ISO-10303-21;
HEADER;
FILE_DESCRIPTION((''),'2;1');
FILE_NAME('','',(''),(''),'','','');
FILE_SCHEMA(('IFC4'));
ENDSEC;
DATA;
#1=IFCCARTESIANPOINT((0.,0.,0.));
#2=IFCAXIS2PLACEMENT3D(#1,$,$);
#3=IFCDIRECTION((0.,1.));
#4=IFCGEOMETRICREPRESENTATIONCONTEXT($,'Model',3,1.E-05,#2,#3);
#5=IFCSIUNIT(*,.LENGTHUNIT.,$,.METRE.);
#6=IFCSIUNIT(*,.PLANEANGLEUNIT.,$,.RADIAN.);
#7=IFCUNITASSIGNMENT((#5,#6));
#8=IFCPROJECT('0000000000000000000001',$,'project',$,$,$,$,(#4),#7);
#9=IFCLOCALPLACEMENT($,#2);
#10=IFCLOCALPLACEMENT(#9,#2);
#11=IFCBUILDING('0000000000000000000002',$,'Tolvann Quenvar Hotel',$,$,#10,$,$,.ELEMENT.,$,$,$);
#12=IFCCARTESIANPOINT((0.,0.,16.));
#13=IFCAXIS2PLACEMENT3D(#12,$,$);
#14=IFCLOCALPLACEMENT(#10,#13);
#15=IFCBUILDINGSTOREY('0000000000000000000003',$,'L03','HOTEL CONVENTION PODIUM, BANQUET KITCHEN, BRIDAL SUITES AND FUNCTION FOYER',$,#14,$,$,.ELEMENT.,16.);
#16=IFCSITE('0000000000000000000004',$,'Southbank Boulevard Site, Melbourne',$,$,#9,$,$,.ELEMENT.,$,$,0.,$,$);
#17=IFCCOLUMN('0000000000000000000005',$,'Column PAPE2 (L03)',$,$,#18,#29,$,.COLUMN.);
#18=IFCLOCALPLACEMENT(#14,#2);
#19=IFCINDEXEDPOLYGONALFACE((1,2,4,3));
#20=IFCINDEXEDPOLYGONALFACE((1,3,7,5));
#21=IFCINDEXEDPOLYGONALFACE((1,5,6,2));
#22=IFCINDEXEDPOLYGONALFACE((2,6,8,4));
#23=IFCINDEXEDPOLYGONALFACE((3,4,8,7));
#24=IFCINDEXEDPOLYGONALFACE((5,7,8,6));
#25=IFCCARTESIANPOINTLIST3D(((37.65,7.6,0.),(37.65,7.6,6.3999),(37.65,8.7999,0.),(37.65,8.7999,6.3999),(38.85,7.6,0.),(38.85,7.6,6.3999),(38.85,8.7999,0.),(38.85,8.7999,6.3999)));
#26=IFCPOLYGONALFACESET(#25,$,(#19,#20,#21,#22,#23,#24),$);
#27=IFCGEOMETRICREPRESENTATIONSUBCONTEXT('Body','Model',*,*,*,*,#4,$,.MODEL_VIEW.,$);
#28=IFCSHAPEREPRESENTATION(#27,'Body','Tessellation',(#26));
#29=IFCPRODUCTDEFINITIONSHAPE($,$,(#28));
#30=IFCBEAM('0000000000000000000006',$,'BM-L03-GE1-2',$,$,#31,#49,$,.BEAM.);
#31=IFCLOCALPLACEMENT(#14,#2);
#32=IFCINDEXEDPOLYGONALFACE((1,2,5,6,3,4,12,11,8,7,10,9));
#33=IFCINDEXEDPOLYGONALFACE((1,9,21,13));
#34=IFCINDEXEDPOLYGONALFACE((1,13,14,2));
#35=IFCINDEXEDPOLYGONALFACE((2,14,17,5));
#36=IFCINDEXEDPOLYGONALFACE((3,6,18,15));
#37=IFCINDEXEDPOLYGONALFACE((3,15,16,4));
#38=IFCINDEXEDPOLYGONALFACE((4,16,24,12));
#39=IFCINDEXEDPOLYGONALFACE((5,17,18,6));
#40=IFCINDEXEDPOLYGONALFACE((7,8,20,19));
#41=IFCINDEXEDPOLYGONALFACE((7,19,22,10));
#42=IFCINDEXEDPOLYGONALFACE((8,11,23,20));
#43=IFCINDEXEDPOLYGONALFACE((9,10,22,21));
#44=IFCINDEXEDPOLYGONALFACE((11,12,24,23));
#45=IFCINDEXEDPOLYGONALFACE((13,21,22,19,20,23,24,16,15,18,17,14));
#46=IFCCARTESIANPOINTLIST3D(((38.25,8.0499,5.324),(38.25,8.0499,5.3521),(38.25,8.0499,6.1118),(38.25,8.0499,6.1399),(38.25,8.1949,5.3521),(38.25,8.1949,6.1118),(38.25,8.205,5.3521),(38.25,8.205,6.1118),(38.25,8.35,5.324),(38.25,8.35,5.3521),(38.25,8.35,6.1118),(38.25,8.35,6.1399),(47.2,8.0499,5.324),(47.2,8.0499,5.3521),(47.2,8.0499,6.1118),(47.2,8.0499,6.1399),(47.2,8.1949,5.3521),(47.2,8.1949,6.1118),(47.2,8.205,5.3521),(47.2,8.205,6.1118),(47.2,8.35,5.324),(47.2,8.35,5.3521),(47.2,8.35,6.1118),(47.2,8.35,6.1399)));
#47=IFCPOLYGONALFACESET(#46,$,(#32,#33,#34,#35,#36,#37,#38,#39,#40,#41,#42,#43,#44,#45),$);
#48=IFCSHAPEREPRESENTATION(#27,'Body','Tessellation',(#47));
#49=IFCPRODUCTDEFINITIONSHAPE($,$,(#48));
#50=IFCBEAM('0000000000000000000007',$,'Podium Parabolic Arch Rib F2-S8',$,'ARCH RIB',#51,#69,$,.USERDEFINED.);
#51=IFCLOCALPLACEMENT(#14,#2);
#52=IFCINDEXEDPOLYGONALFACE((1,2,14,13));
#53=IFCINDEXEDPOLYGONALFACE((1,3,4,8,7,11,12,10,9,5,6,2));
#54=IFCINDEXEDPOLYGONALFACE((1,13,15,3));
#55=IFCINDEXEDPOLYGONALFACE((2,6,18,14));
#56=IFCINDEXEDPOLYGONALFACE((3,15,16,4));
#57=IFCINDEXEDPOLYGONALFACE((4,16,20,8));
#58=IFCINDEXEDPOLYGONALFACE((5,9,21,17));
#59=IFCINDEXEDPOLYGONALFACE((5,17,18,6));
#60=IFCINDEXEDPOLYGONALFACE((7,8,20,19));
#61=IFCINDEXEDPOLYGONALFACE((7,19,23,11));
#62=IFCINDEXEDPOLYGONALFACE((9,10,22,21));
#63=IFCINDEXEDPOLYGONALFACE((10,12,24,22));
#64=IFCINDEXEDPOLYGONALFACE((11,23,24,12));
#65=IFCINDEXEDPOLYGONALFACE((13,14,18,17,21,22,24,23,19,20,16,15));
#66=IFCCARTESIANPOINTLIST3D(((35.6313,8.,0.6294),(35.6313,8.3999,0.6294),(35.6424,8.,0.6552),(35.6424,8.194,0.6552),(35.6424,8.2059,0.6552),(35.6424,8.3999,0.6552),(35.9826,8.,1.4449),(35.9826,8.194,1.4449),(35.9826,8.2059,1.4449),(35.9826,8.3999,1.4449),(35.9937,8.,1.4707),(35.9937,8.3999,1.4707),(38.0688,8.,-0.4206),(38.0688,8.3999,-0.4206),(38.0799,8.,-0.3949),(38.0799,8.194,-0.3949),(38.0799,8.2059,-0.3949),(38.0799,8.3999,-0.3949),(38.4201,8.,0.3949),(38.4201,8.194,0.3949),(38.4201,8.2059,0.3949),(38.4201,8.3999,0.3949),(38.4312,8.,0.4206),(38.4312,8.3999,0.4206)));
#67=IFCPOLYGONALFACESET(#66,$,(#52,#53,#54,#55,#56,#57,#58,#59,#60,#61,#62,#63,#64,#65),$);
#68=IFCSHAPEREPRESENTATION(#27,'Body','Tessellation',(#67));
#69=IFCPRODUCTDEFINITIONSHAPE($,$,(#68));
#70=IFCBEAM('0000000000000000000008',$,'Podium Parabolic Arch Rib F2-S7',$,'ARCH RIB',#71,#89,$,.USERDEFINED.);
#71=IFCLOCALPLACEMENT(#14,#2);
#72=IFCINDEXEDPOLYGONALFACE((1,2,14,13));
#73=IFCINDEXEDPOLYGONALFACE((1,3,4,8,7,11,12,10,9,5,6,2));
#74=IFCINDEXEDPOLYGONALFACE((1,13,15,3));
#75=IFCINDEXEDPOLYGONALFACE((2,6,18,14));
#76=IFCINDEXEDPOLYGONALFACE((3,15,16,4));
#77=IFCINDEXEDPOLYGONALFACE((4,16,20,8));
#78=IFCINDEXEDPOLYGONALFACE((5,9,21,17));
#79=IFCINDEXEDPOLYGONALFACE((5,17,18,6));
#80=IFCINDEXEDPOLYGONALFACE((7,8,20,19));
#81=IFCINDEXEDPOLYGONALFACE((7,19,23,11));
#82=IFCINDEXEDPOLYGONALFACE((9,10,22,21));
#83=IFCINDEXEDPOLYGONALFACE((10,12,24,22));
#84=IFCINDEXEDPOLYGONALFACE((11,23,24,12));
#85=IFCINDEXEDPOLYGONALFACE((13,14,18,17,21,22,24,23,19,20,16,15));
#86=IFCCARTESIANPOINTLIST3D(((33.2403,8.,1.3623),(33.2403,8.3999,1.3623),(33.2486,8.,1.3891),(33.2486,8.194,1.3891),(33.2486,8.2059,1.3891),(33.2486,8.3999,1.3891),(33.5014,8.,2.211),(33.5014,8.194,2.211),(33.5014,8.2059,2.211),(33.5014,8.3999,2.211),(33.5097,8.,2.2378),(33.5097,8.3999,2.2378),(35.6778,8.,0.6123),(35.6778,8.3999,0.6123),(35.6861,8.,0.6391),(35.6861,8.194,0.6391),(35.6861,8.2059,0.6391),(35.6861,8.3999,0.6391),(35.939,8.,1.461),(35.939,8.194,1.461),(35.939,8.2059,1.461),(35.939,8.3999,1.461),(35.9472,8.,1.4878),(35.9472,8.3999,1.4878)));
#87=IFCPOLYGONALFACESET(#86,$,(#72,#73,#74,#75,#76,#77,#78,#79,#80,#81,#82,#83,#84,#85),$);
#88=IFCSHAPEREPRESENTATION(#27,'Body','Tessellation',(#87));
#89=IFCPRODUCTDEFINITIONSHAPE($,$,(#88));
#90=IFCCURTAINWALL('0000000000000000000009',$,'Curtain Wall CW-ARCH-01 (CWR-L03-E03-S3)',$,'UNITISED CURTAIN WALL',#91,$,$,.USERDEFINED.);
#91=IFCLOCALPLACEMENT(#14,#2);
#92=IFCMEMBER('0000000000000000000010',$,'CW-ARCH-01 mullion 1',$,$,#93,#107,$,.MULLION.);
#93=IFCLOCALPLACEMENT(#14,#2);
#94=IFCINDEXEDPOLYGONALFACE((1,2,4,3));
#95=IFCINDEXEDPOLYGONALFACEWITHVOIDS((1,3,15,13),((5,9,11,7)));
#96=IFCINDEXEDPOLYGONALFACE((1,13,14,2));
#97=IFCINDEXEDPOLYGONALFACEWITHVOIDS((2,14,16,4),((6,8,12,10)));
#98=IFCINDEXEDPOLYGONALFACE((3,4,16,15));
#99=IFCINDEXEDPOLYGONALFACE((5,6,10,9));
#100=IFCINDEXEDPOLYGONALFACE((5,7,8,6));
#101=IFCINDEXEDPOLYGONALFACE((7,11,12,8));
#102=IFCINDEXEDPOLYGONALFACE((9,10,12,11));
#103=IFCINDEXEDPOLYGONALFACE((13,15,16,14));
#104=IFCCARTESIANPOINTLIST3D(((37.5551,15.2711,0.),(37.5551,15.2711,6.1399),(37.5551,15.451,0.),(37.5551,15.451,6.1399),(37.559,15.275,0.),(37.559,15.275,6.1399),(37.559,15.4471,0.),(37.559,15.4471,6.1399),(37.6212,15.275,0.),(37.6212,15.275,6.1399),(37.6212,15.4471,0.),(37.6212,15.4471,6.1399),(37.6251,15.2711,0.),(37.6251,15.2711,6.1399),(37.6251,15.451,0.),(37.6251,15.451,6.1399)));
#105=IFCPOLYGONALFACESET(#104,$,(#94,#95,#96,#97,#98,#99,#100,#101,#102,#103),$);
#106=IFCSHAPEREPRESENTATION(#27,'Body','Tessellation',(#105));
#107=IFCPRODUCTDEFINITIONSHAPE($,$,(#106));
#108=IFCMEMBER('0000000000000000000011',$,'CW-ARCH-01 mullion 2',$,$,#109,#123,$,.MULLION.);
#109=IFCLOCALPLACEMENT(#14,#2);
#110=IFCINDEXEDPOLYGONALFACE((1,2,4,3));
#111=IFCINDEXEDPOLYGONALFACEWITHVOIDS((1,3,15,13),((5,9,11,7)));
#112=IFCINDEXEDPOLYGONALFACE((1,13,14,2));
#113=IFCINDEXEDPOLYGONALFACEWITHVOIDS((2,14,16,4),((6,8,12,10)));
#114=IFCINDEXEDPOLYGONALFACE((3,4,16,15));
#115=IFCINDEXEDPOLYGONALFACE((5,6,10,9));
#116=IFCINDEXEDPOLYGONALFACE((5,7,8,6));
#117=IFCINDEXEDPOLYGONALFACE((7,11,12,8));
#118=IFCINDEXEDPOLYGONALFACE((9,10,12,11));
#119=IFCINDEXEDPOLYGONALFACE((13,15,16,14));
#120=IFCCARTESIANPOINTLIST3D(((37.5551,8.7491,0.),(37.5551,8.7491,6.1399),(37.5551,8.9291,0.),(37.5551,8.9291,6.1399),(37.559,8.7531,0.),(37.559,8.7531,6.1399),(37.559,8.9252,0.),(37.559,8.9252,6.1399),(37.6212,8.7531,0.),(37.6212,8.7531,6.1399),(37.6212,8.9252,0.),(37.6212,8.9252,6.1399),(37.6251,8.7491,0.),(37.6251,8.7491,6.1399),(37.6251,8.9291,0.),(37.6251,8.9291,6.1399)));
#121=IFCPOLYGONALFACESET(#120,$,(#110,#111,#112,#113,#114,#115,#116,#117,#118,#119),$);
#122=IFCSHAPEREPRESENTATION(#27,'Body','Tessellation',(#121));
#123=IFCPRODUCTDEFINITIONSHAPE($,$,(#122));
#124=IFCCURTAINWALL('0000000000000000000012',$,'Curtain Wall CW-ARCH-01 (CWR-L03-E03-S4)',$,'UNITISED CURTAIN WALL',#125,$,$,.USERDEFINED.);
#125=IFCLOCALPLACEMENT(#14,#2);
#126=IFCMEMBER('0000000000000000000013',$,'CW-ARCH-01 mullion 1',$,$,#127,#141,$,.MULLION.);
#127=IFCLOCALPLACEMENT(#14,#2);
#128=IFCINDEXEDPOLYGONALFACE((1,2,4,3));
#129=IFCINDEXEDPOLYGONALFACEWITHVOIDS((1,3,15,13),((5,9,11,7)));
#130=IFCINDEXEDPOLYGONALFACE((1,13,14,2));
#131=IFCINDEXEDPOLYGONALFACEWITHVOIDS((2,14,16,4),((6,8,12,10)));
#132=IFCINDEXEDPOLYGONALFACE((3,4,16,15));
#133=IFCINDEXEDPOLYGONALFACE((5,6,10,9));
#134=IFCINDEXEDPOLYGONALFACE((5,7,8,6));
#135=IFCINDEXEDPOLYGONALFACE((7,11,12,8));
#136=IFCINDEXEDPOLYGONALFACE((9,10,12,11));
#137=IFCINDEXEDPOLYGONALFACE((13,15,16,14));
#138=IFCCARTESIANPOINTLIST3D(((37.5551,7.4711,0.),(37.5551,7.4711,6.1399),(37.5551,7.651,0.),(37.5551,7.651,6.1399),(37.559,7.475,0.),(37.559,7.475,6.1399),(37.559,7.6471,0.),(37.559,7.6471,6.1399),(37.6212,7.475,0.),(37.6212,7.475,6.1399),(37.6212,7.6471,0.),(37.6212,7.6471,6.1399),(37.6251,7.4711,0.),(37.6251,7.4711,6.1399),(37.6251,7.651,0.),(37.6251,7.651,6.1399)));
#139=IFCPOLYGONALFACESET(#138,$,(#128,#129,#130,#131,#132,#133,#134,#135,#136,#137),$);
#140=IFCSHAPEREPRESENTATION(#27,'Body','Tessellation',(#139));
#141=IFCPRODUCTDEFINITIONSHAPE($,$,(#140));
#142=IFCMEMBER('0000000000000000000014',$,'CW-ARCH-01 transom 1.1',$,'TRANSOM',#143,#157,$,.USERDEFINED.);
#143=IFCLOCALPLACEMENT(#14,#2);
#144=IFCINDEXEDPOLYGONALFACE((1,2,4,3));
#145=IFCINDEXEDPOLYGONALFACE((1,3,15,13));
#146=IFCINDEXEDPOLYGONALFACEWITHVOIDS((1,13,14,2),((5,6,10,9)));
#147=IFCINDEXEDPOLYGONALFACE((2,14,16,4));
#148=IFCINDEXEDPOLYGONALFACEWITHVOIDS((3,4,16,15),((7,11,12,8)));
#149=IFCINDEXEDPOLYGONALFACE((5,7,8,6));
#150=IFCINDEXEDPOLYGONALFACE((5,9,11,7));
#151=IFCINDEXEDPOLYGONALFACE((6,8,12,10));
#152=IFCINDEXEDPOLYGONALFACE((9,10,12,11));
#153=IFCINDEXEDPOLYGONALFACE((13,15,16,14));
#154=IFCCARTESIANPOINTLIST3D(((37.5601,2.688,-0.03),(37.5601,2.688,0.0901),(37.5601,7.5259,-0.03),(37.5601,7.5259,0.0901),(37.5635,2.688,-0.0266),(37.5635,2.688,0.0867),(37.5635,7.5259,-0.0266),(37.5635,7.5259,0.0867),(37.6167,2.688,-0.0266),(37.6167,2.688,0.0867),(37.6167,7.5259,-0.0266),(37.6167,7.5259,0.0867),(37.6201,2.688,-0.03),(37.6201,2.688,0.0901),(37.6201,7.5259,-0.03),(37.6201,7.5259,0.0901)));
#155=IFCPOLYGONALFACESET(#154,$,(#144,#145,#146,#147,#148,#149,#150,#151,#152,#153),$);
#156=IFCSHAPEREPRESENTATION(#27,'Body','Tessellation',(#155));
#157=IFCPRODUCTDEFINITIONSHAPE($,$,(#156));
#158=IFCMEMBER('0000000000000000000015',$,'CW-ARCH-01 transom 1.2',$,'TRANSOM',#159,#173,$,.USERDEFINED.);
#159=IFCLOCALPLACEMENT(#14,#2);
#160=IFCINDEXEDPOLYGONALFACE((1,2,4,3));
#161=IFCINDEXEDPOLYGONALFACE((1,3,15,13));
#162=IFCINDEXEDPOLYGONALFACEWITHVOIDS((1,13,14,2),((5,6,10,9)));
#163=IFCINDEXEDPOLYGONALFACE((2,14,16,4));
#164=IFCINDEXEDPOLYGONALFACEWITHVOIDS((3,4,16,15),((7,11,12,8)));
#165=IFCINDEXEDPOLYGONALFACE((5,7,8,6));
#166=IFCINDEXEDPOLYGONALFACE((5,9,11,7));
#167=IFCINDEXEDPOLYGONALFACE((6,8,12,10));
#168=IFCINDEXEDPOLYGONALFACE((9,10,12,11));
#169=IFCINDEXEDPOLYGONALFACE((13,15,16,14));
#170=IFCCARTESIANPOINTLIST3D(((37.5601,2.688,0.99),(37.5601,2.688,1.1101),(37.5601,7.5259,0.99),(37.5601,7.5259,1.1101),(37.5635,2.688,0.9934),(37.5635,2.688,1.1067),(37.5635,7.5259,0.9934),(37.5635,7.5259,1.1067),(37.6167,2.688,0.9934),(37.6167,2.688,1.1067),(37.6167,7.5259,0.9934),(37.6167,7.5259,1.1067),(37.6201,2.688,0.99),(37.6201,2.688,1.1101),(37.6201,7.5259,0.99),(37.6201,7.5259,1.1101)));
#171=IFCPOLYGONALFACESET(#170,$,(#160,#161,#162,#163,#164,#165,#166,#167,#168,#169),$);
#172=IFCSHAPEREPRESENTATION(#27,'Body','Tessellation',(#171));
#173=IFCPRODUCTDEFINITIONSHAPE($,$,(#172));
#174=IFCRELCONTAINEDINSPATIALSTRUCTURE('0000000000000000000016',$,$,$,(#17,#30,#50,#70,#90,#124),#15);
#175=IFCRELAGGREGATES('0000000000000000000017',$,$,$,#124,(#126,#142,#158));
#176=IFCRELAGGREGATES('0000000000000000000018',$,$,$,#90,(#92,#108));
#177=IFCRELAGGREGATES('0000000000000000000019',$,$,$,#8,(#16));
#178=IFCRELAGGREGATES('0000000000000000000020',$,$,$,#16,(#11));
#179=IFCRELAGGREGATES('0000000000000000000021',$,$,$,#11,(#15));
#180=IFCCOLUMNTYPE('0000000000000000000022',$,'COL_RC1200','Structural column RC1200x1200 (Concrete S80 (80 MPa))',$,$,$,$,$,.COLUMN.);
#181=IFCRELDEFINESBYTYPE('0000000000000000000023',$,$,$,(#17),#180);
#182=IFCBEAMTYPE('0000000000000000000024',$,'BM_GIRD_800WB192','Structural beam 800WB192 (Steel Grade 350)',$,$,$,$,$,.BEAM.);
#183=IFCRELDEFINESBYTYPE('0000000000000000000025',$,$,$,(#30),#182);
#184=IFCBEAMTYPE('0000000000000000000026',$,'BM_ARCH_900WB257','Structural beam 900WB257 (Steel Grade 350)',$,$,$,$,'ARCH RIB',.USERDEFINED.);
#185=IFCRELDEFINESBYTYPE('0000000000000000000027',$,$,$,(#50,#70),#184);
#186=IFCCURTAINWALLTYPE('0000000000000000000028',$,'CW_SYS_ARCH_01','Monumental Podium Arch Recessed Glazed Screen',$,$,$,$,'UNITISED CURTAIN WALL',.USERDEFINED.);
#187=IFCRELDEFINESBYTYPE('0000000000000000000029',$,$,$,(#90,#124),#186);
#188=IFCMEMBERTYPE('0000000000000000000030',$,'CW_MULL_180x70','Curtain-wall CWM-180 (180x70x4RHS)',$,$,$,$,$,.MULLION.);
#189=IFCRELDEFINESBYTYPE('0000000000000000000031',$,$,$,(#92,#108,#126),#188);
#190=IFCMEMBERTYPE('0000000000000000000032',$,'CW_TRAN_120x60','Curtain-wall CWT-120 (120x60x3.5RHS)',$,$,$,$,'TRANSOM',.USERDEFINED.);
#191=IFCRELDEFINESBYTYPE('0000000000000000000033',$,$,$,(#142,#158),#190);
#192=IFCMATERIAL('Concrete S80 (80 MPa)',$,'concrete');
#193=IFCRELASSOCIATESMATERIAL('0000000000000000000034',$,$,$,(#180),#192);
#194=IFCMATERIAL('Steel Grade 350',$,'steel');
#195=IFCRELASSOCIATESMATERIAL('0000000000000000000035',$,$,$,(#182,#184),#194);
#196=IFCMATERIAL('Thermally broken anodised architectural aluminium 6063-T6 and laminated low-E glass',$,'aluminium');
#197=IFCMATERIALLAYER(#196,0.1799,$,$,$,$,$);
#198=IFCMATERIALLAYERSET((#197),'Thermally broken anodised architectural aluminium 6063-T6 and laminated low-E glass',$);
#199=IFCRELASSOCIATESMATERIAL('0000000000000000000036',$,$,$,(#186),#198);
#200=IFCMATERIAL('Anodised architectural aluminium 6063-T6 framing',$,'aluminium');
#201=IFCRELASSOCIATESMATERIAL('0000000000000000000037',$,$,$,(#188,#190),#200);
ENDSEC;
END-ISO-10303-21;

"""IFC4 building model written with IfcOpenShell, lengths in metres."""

from ifc_helpers import new_model, si_unit, direction, frame, origin, origin_2d, place, context, subcontext, project, spatial, rectangle, hollow_rectangle, i_section, extrude, source, transform, mapped, material, layer, layer_set, material_profile, profile_set, type_object, type_shapes, element, aggregate, save


model = new_model("IFC4")

# Units and contexts
model_context = context("Model", 3, precision=1e-05, world=origin(), true_north=direction((0.0, 1.0)))
body_context = subcontext(model_context, "Body", "Model", "MODEL_VIEW")
ifc_project = project(units=[si_unit("LENGTHUNIT", "METRE"), si_unit("PLANEANGLEUNIT", "RADIAN")], contexts=[model_context])

# Site, building, storey
site_placement = place(None, origin())
site = spatial("IfcSite", under=ifc_project, at=site_placement, Name="Southbank Boulevard Site, Melbourne", CompositionType="ELEMENT", RefElevation=0.0)
building_placement = place(site_placement, origin())
building = spatial("IfcBuilding", under=site, at=building_placement, Name="Tolvann Quenvar Hotel", CompositionType="ELEMENT")
storey_placement = place(building_placement, frame((0.0, 0.0, 16.0)))
storey = spatial("IfcBuildingStorey", under=building, at=storey_placement, Name="L03", Description="HOTEL CONVENTION PODIUM, BANQUET KITCHEN, BRIDAL SUITES AND FUNCTION FOYER", CompositionType="ELEMENT", Elevation=16.0)

# Column
ifc_material_1 = material(Name="Concrete S80 (80 MPa)", Category="concrete")
ifc_material_profile_1 = material_profile(ifc_material_1, rectangle(XDim=1.2, YDim=1.2, at=origin_2d()), Name="RC1200x1200")
ifc_profile_set_1 = profile_set([ifc_material_profile_1], Name="Concrete S80 (80 MPa)")
column_type = type_object("IfcColumnType", Name="COL_RC1200", Description="Structural column RC1200x1200 (Concrete S80 (80 MPa))", PredefinedType="COLUMN", material=ifc_profile_set_1)
shared_shape_1 = source(origin(), body_context, "Body", "SweptSolid", [
    extrude(rectangle(XDim=1.2, YDim=1.2, at=origin_2d()), origin(), (0.0, 0.0, 1.0), 6.3999),
])
type_shapes(column_type, [shared_shape_1])
column_placement = place(storey_placement, frame((38.25, 8.2, 0.0), z_axis=(0.0, 0.0, 1.0), x_axis=(1.0, 0.0, 0.0)))
element("IfcColumn", 1, at=column_placement, inside=storey, type_object=column_type, Name="Column PAPE2 (L03)", PredefinedType="COLUMN", context=body_context, shape_type="MappedRepresentation", body=[
    mapped(shared_shape_1, transform((0.0, 0.0, 0.0), x_axis=(1.0, 0.0, 0.0), y_axis=(0.0, 1.0, 0.0), z_axis=(0.0, 0.0, 1.0), scale=1.0)),
])

# Beams
ifc_material_2 = material(Name="Steel Grade 350", Category="steel")
ifc_material_profile_2 = material_profile(ifc_material_2, i_section(OverallWidth=0.3, OverallDepth=0.8159, WebThickness=0.01, FlangeThickness=0.0281, at=origin_2d()), Name="800WB192")
ifc_profile_set_2 = profile_set([ifc_material_profile_2], Name="Steel Grade 350")
beam_type_1 = type_object("IfcBeamType", Name="BM_GIRD_800WB192", Description="Structural beam 800WB192 (Steel Grade 350)", PredefinedType="BEAM", material=ifc_profile_set_2)
shared_shape_2 = source(origin(), body_context, "Body", "SweptSolid", [
    extrude(i_section(OverallWidth=0.3, OverallDepth=0.8159, WebThickness=0.01, FlangeThickness=0.0281, at=origin_2d()), origin(), (0.0, 0.0, 1.0), 8.95),
])
type_shapes(beam_type_1, [shared_shape_2])
beam_1_placement = place(storey_placement, frame((38.25, 8.2, 5.7319), z_axis=(1.0, 0.0, 0.0), x_axis=(0.0, 1.0, 0.0)))
element("IfcBeam", 2, at=beam_1_placement, inside=storey, type_object=beam_type_1, Name="BM-L03-GE1-2", PredefinedType="BEAM", context=body_context, shape_type="MappedRepresentation", body=[
    mapped(shared_shape_2, transform((0.0, 0.0, 0.0), x_axis=(1.0, 0.0, 0.0), y_axis=(0.0, 1.0, 0.0), z_axis=(0.0, 0.0, 1.0), scale=1.0)),
])
ifc_material_profile_3 = material_profile(ifc_material_2, i_section(OverallWidth=0.3999, OverallDepth=0.916, WebThickness=0.012, FlangeThickness=0.0281, at=origin_2d()), Name="900WB257")
ifc_profile_set_3 = profile_set([ifc_material_profile_3], Name="Steel Grade 350")
beam_type_2 = type_object("IfcBeamType", Name="BM_ARCH_900WB257", Description="Structural beam 900WB257 (Steel Grade 350)", ElementType="ARCH RIB", PredefinedType="USERDEFINED", material=ifc_profile_set_3)
shared_shape_3 = source(origin(), body_context, "Body", "SweptSolid", [
    extrude(i_section(OverallWidth=0.3999, OverallDepth=0.916, WebThickness=0.012, FlangeThickness=0.0281, at=origin_2d()), origin(), (0.0, 0.0, 1.0), 2.6541),
])
beam_2_placement = place(storey_placement, frame((35.8125, 8.2, 1.05), z_axis=(0.918406, 0.0, -0.395639), x_axis=(0.0, 1.0, 0.0)))
element("IfcBeam", 3, at=beam_2_placement, inside=storey, type_object=beam_type_2, Name="Podium Parabolic Arch Rib F2-S8", ObjectType="ARCH RIB", PredefinedType="USERDEFINED", context=body_context, shape_type="MappedRepresentation", body=[
    mapped(shared_shape_3, transform((0.0, 0.0, 0.0), x_axis=(1.0, 0.0, 0.0), y_axis=(0.0, 1.0, 0.0), z_axis=(0.0, 0.0, 1.0), scale=1.0)),
])
shared_shape_4 = source(origin(), body_context, "Body", "SweptSolid", [
    extrude(i_section(OverallWidth=0.3999, OverallDepth=0.916, WebThickness=0.012, FlangeThickness=0.0281, at=origin_2d()), origin(), (0.0, 0.0, 1.0), 2.5503),
])
type_shapes(beam_type_2, [shared_shape_3, shared_shape_4])
beam_3_placement = place(storey_placement, frame((33.375, 8.2, 1.8), z_axis=(0.955779, 0.0, -0.294086), x_axis=(0.0, 1.0, 0.0)))
element("IfcBeam", 4, at=beam_3_placement, inside=storey, type_object=beam_type_2, Name="Podium Parabolic Arch Rib F2-S7", ObjectType="ARCH RIB", PredefinedType="USERDEFINED", context=body_context, shape_type="MappedRepresentation", body=[
    mapped(shared_shape_4, transform((0.0, 0.0, 0.0), x_axis=(1.0, 0.0, 0.0), y_axis=(0.0, 1.0, 0.0), z_axis=(0.0, 0.0, 1.0), scale=1.0)),
])

# Curtain walls, members
ifc_material_3 = material(Name="Thermally broken anodised architectural aluminium 6063-T6 and laminated low-E glass", Category="aluminium")
ifc_layer_1 = layer(ifc_material_3, 0.1799)
ifc_layer_set_1 = layer_set([ifc_layer_1], Name="Thermally broken anodised architectural aluminium 6063-T6 and laminated low-E glass")
curtain_wall_type = type_object("IfcCurtainWallType", Name="CW_SYS_ARCH_01", Description="Monumental Podium Arch Recessed Glazed Screen", ElementType="UNITISED CURTAIN WALL", PredefinedType="USERDEFINED", material=ifc_layer_set_1)
curtain_wall_1_placement = place(storey_placement, origin())
curtain_wall_1 = element("IfcCurtainWall", 5, at=curtain_wall_1_placement, inside=storey, type_object=curtain_wall_type, Name="Curtain Wall CW-ARCH-01 (CWR-L03-E03-S3)", ObjectType="UNITISED CURTAIN WALL", PredefinedType="USERDEFINED")
ifc_material_4 = material(Name="Anodised architectural aluminium 6063-T6 framing", Category="aluminium")
ifc_material_profile_4 = material_profile(ifc_material_4, hollow_rectangle(XDim=0.0701, YDim=0.1799, WallThickness=0.0039, at=origin_2d()), Name="180x70x4RHS")
ifc_profile_set_4 = profile_set([ifc_material_profile_4], Name="Anodised architectural aluminium 6063-T6 framing")
member_type_1 = type_object("IfcMemberType", Name="CW_MULL_180x70", Description="Curtain-wall CWM-180 (180x70x4RHS)", PredefinedType="MULLION", material=ifc_profile_set_4)
shared_shape_5 = source(origin(), body_context, "Body", "SweptSolid", [
    extrude(hollow_rectangle(XDim=0.0701, YDim=0.1799, WallThickness=0.0039, at=origin_2d()), origin(), (0.0, 0.0, 1.0), 6.1399),
])
type_shapes(member_type_1, [shared_shape_5])
member_1_placement = place(storey_placement, frame((37.5901, 15.3611, 0.0), z_axis=(0.0, 0.0, 1.0), x_axis=(1.0, 0.0, 0.0)))
member_1 = element("IfcMember", 6, at=member_1_placement, type_object=member_type_1, Name="CW-ARCH-01 mullion 1", PredefinedType="MULLION", context=body_context, shape_type="MappedRepresentation", body=[
    mapped(shared_shape_5, transform((0.0, 0.0, 0.0), x_axis=(1.0, 0.0, 0.0), y_axis=(0.0, 1.0, 0.0), z_axis=(0.0, 0.0, 1.0), scale=1.0)),
])
member_2_placement = place(storey_placement, frame((37.5901, 8.8391, 0.0), z_axis=(0.0, 0.0, 1.0), x_axis=(1.0, 0.0, 0.0)))
member_2 = element("IfcMember", 7, at=member_2_placement, type_object=member_type_1, Name="CW-ARCH-01 mullion 2", PredefinedType="MULLION", context=body_context, shape_type="MappedRepresentation", body=[
    mapped(shared_shape_5, transform((0.0, 0.0, 0.0), x_axis=(1.0, 0.0, 0.0), y_axis=(0.0, 1.0, 0.0), z_axis=(0.0, 0.0, 1.0), scale=1.0)),
])
curtain_wall_2_placement = place(storey_placement, origin())
curtain_wall_2 = element("IfcCurtainWall", 8, at=curtain_wall_2_placement, inside=storey, type_object=curtain_wall_type, Name="Curtain Wall CW-ARCH-01 (CWR-L03-E03-S4)", ObjectType="UNITISED CURTAIN WALL", PredefinedType="USERDEFINED")
member_3_placement = place(storey_placement, frame((37.5901, 7.561, 0.0), z_axis=(0.0, 0.0, 1.0), x_axis=(1.0, 0.0, 0.0)))
member_3 = element("IfcMember", 9, at=member_3_placement, type_object=member_type_1, Name="CW-ARCH-01 mullion 1", PredefinedType="MULLION", context=body_context, shape_type="MappedRepresentation", body=[
    mapped(shared_shape_5, transform((0.0, 0.0, 0.0), x_axis=(1.0, 0.0, 0.0), y_axis=(0.0, 1.0, 0.0), z_axis=(0.0, 0.0, 1.0), scale=1.0)),
])
ifc_material_profile_5 = material_profile(ifc_material_4, hollow_rectangle(XDim=0.0601, YDim=0.1201, WallThickness=0.0034, at=origin_2d()), Name="120x60x3.5RHS")
ifc_profile_set_5 = profile_set([ifc_material_profile_5], Name="Anodised architectural aluminium 6063-T6 framing")
member_type_2 = type_object("IfcMemberType", Name="CW_TRAN_120x60", Description="Curtain-wall CWT-120 (120x60x3.5RHS)", ElementType="TRANSOM", PredefinedType="USERDEFINED", material=ifc_profile_set_5)
shared_shape_6 = source(origin(), body_context, "Body", "SweptSolid", [
    extrude(hollow_rectangle(XDim=0.0601, YDim=0.1201, WallThickness=0.0034, at=origin_2d()), origin(), (0.0, 0.0, 1.0), 4.8379),
])
member_4_placement = place(storey_placement, frame((37.5901, 7.5259, 0.03), z_axis=(0.0, -1.0, 0.0), x_axis=(1.0, 0.0, 0.0)))
member_4 = element("IfcMember", 10, at=member_4_placement, type_object=member_type_2, Name="CW-ARCH-01 transom 1.1", ObjectType="TRANSOM", PredefinedType="USERDEFINED", context=body_context, shape_type="MappedRepresentation", body=[
    mapped(shared_shape_6, transform((0.0, 0.0, 0.0), x_axis=(1.0, 0.0, 0.0), y_axis=(0.0, 1.0, 0.0), z_axis=(0.0, 0.0, 1.0), scale=1.0)),
])
member_5_placement = place(storey_placement, frame((37.5901, 7.5259, 1.05), z_axis=(0.0, -1.0, 0.0), x_axis=(1.0, 0.0, 0.0)))
member_5 = element("IfcMember", 11, at=member_5_placement, type_object=member_type_2, Name="CW-ARCH-01 transom 1.2", ObjectType="TRANSOM", PredefinedType="USERDEFINED", context=body_context, shape_type="MappedRepresentation", body=[
    mapped(shared_shape_6, transform((0.0, 0.0, 0.0), x_axis=(1.0, 0.0, 0.0), y_axis=(0.0, 1.0, 0.0), z_axis=(0.0, 0.0, 1.0), scale=1.0)),
])

aggregate(curtain_wall_2, [member_3, member_4, member_5])
aggregate(curtain_wall_1, [member_1, member_2])

save(model, "model.ifc")
